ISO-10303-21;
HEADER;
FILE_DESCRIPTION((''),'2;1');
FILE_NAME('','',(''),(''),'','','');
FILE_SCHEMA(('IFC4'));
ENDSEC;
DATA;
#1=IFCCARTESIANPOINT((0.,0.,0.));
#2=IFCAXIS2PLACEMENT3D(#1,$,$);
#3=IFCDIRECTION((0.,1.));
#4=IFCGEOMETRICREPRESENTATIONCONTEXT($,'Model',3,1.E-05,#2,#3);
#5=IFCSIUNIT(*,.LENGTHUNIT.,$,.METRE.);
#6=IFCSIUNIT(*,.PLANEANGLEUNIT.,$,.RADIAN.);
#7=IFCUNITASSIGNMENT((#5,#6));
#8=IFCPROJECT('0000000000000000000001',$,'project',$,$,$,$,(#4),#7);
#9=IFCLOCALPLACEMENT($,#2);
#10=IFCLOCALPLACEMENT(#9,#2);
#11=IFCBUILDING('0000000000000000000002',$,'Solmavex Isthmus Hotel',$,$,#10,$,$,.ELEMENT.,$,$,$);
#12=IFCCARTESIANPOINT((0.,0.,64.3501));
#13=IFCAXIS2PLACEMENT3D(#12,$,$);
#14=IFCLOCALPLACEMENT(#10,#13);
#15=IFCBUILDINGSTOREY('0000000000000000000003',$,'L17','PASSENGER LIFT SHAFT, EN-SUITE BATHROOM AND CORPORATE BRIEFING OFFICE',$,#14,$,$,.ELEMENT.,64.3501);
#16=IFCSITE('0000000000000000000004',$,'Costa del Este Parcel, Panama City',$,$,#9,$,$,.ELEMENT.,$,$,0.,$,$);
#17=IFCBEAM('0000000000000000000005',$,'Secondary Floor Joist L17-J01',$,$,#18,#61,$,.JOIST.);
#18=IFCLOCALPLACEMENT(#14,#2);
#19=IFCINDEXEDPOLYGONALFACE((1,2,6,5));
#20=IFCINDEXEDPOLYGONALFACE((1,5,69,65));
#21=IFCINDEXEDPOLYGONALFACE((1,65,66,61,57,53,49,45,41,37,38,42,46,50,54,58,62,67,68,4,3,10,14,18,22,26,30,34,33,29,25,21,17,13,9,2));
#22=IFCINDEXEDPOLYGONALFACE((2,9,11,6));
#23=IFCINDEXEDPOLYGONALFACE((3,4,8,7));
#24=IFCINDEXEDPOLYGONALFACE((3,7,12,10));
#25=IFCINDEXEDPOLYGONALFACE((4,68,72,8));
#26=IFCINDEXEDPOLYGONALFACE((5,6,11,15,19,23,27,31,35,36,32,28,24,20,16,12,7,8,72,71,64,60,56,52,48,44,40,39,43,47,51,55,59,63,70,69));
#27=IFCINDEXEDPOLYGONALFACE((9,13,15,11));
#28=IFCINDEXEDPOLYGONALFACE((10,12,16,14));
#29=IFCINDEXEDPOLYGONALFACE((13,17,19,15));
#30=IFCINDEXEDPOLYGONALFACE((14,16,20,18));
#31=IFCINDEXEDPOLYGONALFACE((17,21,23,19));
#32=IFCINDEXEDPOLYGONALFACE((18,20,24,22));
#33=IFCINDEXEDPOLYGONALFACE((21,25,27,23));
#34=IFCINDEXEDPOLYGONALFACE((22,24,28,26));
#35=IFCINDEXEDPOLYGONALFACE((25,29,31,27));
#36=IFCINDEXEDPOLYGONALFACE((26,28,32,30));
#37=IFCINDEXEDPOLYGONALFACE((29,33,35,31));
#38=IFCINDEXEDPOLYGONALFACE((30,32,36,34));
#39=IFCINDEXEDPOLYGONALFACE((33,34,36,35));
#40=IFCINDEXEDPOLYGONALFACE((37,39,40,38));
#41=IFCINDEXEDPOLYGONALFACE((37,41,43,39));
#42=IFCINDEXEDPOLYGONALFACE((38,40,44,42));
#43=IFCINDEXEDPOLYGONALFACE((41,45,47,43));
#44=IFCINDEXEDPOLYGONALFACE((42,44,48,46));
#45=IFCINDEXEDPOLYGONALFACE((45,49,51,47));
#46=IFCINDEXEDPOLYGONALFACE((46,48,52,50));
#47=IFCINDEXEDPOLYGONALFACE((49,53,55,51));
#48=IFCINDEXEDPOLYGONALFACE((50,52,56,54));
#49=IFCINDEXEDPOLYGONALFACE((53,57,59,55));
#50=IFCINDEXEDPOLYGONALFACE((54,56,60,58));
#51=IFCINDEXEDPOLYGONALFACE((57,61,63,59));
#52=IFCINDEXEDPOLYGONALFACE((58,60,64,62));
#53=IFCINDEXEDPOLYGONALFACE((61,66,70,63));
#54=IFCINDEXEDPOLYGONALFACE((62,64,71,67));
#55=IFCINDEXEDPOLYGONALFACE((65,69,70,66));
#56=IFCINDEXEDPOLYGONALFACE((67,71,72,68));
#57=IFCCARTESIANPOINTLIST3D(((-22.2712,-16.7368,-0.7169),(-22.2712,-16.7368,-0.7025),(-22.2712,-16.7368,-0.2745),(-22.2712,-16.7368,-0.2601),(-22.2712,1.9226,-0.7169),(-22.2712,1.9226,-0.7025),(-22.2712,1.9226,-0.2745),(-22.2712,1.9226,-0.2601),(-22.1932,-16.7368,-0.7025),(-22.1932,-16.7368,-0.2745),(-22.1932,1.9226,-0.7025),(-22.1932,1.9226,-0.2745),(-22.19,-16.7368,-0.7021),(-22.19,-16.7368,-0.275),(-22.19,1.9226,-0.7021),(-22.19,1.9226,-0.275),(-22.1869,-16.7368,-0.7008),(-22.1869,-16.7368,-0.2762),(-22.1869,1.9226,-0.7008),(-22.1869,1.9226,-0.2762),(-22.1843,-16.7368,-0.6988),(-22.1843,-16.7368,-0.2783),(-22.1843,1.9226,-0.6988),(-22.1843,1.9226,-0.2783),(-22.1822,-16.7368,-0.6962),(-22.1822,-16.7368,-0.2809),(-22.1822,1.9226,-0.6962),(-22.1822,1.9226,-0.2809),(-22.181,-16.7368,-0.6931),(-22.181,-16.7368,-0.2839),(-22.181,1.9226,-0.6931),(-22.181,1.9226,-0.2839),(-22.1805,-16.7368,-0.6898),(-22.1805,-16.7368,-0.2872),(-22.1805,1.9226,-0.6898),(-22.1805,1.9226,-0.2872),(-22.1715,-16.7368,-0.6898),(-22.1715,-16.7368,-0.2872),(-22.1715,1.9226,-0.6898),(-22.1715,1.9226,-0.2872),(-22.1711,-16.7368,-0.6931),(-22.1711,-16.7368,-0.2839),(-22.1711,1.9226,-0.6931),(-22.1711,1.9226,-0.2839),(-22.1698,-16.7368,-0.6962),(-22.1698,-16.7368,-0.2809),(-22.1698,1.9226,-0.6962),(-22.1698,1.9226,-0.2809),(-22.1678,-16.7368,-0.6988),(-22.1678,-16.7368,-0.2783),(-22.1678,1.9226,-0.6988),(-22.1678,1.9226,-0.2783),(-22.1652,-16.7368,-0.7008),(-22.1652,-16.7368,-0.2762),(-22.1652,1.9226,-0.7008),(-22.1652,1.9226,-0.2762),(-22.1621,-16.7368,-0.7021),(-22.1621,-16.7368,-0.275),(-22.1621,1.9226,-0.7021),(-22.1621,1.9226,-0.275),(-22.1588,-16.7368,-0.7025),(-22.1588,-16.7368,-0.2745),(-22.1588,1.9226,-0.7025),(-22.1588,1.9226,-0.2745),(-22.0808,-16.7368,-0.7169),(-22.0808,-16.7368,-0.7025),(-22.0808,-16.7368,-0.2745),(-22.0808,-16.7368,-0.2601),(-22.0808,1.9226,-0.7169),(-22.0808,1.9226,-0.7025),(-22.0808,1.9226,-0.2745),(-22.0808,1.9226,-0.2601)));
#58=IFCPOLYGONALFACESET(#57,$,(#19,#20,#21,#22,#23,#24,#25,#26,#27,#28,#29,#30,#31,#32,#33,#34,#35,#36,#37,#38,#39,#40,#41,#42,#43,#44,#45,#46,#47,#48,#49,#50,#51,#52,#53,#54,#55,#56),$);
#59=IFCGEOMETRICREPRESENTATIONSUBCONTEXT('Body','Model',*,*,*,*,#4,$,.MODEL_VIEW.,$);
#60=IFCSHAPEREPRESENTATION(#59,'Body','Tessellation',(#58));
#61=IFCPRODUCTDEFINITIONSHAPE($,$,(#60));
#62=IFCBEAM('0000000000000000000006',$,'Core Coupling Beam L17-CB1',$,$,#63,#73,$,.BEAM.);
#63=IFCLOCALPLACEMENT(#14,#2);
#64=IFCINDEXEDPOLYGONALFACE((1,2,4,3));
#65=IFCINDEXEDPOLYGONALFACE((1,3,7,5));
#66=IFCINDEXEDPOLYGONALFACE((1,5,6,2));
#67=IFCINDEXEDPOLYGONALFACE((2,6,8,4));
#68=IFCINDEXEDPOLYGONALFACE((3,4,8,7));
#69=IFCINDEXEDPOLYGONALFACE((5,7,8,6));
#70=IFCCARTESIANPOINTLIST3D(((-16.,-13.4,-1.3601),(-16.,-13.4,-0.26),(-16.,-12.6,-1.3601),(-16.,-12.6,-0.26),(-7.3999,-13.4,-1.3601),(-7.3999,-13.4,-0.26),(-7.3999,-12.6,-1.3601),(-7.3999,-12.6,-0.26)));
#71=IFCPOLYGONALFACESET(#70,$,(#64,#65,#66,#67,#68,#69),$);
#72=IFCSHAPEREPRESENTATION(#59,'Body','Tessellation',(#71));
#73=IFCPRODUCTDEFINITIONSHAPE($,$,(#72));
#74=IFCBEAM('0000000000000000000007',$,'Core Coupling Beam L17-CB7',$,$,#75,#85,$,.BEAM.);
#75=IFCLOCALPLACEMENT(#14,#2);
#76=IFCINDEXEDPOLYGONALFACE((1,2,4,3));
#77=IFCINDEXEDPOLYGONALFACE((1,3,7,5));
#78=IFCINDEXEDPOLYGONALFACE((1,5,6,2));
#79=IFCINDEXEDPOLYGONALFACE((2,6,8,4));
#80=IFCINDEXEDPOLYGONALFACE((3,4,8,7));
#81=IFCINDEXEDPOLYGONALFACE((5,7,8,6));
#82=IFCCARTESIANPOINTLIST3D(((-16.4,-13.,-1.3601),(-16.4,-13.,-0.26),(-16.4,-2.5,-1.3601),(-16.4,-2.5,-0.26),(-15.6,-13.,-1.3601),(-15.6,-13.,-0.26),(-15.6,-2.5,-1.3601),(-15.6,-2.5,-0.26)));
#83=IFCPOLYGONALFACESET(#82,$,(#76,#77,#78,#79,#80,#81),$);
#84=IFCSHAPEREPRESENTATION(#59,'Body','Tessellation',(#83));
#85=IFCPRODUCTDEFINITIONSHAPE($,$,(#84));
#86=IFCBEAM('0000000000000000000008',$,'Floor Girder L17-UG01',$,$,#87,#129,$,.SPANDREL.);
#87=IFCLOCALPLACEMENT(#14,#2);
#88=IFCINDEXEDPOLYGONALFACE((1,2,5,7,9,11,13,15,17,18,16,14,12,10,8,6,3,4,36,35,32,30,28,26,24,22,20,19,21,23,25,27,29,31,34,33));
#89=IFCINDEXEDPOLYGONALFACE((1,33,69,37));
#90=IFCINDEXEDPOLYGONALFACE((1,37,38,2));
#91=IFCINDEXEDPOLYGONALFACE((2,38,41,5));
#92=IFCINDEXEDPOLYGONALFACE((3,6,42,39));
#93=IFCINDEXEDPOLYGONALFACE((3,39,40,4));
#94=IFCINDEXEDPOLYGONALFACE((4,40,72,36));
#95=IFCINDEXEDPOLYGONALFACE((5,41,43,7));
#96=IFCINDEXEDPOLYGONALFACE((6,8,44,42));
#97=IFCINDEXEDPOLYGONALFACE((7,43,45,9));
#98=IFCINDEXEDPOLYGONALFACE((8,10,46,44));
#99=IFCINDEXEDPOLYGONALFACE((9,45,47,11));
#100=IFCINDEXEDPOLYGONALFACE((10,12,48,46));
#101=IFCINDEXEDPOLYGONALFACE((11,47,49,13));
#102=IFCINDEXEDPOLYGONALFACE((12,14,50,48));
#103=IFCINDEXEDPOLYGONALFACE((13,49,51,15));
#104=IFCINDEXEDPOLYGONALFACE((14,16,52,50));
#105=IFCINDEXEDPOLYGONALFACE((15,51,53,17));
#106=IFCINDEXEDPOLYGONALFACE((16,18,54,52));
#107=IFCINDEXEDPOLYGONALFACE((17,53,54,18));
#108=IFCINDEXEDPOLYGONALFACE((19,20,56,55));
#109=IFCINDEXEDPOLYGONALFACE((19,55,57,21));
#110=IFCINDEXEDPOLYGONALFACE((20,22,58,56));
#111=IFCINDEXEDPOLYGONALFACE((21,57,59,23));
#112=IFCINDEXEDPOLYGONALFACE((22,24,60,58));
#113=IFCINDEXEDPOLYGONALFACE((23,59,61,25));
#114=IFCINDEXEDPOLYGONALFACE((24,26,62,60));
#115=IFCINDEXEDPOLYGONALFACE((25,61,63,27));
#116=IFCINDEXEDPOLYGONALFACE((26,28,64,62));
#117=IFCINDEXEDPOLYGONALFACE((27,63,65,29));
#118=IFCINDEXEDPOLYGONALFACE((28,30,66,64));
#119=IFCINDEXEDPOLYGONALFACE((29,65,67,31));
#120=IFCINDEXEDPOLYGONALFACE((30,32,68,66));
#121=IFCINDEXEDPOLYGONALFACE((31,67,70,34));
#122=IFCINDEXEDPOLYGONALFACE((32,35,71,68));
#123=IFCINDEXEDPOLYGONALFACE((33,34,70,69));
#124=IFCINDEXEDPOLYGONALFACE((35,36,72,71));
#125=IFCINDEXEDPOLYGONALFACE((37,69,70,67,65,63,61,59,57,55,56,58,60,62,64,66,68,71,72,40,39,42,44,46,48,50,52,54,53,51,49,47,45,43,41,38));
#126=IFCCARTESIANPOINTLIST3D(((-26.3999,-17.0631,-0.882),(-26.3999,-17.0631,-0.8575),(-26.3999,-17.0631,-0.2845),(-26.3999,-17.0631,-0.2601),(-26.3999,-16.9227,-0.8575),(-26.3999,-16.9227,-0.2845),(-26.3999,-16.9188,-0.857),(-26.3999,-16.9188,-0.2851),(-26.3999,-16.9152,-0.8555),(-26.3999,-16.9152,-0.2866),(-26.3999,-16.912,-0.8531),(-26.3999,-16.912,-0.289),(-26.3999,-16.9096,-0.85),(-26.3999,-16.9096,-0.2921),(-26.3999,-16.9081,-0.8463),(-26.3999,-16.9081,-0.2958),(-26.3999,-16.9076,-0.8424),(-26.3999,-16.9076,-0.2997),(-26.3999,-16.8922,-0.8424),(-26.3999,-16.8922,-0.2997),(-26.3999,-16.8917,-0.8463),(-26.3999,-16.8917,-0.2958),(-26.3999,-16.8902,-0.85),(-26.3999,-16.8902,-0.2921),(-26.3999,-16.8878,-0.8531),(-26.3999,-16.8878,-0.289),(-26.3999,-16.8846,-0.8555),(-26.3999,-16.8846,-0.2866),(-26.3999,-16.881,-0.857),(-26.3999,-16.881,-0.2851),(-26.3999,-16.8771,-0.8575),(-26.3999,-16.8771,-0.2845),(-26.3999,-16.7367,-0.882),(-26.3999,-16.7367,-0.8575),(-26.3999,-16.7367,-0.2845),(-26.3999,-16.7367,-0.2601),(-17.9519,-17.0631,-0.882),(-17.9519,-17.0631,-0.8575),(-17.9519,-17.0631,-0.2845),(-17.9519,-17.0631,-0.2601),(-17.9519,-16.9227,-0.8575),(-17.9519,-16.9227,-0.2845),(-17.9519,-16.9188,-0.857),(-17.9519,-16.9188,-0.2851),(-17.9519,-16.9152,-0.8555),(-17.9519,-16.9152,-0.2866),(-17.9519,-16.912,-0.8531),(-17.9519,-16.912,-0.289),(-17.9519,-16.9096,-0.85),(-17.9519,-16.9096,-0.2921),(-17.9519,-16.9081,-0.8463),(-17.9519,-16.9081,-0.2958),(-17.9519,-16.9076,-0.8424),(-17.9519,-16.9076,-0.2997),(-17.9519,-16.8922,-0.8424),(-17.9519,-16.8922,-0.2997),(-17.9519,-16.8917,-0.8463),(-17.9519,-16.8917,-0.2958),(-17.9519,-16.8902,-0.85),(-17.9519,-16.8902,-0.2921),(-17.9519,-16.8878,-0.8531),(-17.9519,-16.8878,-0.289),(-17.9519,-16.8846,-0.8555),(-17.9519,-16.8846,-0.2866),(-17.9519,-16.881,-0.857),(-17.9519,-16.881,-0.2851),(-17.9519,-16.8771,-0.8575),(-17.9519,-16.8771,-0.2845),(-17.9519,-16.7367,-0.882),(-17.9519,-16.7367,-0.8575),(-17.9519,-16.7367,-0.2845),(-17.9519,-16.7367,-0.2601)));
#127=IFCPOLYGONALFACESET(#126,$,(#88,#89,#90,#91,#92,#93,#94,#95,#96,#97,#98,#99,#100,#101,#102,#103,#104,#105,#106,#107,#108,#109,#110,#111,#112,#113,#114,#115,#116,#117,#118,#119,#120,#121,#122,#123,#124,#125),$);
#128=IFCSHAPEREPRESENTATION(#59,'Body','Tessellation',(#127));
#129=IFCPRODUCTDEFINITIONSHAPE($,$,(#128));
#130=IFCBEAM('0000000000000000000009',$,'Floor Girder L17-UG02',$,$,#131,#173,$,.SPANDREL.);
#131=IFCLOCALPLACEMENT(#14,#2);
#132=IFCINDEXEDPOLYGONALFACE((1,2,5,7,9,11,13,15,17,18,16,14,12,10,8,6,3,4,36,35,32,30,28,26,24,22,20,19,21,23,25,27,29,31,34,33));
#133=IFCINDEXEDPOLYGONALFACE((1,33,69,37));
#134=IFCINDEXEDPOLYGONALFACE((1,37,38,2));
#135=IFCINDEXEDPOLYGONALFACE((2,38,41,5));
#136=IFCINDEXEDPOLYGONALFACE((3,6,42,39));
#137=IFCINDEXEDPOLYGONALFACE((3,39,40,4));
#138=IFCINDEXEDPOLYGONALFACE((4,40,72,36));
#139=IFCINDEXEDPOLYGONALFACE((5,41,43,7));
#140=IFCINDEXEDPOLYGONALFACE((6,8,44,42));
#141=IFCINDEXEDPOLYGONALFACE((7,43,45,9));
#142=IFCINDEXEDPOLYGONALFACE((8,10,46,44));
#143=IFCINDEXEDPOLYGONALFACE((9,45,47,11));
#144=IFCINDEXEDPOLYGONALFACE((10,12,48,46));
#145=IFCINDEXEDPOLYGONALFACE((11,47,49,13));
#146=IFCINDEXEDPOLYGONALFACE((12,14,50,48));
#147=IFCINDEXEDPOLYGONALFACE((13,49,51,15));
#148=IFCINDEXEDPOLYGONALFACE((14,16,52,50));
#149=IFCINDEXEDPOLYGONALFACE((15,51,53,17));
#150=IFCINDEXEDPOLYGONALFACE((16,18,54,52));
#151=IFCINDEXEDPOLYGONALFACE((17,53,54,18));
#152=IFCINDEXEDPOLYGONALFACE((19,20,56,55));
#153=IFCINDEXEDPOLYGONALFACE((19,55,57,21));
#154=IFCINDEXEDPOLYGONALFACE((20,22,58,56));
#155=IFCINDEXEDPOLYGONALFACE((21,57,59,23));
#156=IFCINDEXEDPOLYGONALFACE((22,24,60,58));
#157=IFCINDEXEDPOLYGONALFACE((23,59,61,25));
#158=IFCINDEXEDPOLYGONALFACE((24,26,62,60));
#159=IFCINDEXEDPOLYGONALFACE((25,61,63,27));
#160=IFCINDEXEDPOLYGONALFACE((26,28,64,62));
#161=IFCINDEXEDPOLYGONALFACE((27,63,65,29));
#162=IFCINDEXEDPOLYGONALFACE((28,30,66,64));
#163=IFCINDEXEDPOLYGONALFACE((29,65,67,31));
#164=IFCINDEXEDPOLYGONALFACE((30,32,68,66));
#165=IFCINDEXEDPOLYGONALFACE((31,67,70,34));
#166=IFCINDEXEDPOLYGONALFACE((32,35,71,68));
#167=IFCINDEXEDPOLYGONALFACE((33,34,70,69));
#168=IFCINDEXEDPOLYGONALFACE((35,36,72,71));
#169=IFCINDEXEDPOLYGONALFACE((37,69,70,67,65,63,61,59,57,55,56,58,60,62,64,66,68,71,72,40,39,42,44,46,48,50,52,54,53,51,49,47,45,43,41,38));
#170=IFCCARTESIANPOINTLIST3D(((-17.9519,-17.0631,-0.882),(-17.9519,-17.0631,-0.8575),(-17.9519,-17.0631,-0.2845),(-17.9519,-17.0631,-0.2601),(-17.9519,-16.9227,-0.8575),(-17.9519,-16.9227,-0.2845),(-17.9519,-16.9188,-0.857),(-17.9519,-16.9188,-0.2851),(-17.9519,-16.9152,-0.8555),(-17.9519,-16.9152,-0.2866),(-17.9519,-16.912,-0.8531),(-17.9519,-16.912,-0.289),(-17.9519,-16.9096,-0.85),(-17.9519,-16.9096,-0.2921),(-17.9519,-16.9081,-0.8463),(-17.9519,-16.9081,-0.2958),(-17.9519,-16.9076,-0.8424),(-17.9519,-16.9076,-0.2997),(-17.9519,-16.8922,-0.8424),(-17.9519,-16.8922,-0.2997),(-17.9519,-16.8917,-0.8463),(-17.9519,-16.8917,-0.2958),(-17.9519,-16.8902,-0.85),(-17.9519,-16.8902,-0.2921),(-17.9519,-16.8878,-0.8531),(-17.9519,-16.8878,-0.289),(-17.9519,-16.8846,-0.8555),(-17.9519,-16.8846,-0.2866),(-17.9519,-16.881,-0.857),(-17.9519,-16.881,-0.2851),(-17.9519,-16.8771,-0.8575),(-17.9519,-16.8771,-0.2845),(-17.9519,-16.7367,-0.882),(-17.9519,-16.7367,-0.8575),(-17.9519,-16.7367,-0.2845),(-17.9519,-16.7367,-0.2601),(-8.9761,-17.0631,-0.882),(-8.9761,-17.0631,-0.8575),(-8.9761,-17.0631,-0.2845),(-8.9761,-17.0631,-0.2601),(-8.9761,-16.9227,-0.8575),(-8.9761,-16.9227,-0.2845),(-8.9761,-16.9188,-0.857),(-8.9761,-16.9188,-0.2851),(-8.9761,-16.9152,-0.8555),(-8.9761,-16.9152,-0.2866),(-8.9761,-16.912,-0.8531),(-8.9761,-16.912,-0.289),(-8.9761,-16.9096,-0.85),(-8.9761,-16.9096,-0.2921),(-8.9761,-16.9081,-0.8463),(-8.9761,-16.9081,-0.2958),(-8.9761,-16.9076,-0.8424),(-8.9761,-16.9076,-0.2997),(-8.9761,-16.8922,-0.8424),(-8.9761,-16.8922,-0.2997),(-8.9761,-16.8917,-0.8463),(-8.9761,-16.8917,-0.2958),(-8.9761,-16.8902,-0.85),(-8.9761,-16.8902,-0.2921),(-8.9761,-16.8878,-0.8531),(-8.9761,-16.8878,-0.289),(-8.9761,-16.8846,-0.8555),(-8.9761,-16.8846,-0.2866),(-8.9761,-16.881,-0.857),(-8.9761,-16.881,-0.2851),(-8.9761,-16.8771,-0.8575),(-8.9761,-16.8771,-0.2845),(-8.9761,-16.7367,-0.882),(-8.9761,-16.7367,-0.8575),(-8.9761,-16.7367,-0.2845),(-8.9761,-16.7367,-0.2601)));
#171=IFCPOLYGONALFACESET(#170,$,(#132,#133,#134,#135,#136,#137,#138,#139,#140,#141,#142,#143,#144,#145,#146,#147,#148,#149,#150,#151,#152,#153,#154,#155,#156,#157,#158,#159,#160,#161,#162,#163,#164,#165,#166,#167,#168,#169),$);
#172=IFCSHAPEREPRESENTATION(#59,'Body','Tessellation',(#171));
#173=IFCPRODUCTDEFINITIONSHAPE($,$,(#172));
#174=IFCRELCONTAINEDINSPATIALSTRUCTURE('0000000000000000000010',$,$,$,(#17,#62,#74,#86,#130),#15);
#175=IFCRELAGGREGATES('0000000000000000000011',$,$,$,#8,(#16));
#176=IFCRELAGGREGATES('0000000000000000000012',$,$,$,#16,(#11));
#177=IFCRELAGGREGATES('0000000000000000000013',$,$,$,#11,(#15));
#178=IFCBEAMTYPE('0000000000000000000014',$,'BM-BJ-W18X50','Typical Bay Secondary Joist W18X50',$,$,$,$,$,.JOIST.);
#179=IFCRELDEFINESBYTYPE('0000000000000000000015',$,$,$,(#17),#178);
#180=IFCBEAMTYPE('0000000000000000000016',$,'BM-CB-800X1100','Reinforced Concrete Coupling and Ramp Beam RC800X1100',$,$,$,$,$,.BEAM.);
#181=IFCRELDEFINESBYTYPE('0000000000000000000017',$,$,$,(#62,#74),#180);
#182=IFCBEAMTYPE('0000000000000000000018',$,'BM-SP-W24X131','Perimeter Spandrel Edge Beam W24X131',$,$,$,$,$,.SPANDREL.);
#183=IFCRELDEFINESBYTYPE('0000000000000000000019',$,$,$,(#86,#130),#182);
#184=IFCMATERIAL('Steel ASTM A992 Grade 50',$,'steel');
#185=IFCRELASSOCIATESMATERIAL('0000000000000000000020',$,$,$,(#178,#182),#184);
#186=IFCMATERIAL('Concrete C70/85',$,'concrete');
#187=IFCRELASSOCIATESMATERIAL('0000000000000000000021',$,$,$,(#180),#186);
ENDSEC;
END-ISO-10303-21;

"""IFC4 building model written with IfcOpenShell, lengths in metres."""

from ifc_helpers import new_model, si_unit, direction, frame, origin, origin_2d, place, context, subcontext, project, spatial, rectangle, i_section, extrude, material, material_profile, profile_set, type_object, element, save


model = new_model("IFC4")

# Units and contexts
model_context = context("Model", 3, precision=1e-05, world=origin(), true_north=direction((0.0, 1.0)))
body_context = subcontext(model_context, "Body", "Model", "MODEL_VIEW")
ifc_project = project(units=[si_unit("LENGTHUNIT", "METRE"), si_unit("PLANEANGLEUNIT", "RADIAN")], contexts=[model_context])

# Site, building, storey
site_placement = place(None, origin())
site = spatial("IfcSite", under=ifc_project, at=site_placement, Name="Costa del Este Parcel, Panama City", CompositionType="ELEMENT", RefElevation=0.0)
building_placement = place(site_placement, origin())
building = spatial("IfcBuilding", under=site, at=building_placement, Name="Solmavex Isthmus Hotel", CompositionType="ELEMENT")
storey_placement = place(building_placement, frame((0.0, 0.0, 64.3501)))
storey = spatial("IfcBuildingStorey", under=building, at=storey_placement, Name="L17", Description="PASSENGER LIFT SHAFT, EN-SUITE BATHROOM AND CORPORATE BRIEFING OFFICE", CompositionType="ELEMENT", Elevation=64.3501)

# Shared definitions
ifc_material_1 = material(Name="Concrete C70/85", Category="concrete")

# Beams
ifc_material_2 = material(Name="Steel ASTM A992 Grade 50", Category="steel")
ifc_material_profile_1 = material_profile(ifc_material_2, i_section(OverallWidth=0.1904, OverallDepth=0.4568, WebThickness=0.009, FlangeThickness=0.0144, FilletRadius=0.0127, at=origin_2d()), Name="W18X50")
ifc_profile_set_1 = profile_set([ifc_material_profile_1], Name="Steel ASTM A992 Grade 50")
beam_type_1 = type_object("IfcBeamType", Name="BM-BJ-W18X50", Description="Typical Bay Secondary Joist W18X50", PredefinedType="JOIST", material=ifc_profile_set_1)
beam_1_placement = place(storey_placement, frame((-22.176, -16.7368, -0.4885), z_axis=(0.0, 1.0, 0.0), x_axis=(-1.0, 0.0, 0.0)))
element("IfcBeam", 1, at=beam_1_placement, inside=storey, type_object=beam_type_1, Name="Secondary Floor Joist L17-J01", PredefinedType="JOIST", context=body_context, shape_type="SweptSolid", body=[
    extrude(i_section(OverallWidth=0.1904, OverallDepth=0.4568, WebThickness=0.009, FlangeThickness=0.0144, FilletRadius=0.0127, at=origin_2d()), origin(), (0.0, 0.0, 1.0), 18.6594),
])
ifc_material_profile_2 = material_profile(ifc_material_1, rectangle(XDim=0.8, YDim=1.1001, at=origin_2d()), Name="RC800X1100")
ifc_profile_set_2 = profile_set([ifc_material_profile_2], Name="Concrete C70/85")
beam_type_2 = type_object("IfcBeamType", Name="BM-CB-800X1100", Description="Reinforced Concrete Coupling and Ramp Beam RC800X1100", PredefinedType="BEAM", material=ifc_profile_set_2)
beam_2_placement = place(storey_placement, frame((-16.0, -13.0, -0.8101), z_axis=(1.0, 0.0, 0.0), x_axis=(0.0, 1.0, 0.0)))
element("IfcBeam", 2, at=beam_2_placement, inside=storey, type_object=beam_type_2, Name="Core Coupling Beam L17-CB1", PredefinedType="BEAM", context=body_context, shape_type="SweptSolid", body=[
    extrude(rectangle(XDim=0.8, YDim=1.1001, at=origin_2d()), origin(), (0.0, 0.0, 1.0), 8.6001),
])
beam_3_placement = place(storey_placement, frame((-16.0, -13.0, -0.8101), z_axis=(0.0, 1.0, 0.0), x_axis=(-1.0, 0.0, 0.0)))
element("IfcBeam", 3, at=beam_3_placement, inside=storey, type_object=beam_type_2, Name="Core Coupling Beam L17-CB7", PredefinedType="BEAM", context=body_context, shape_type="SweptSolid", body=[
    extrude(rectangle(XDim=0.8, YDim=1.1001, at=origin_2d()), origin(), (0.0, 0.0, 1.0), 10.5),
])
ifc_material_profile_3 = material_profile(ifc_material_2, i_section(OverallWidth=0.3264, OverallDepth=0.6218, WebThickness=0.0154, FlangeThickness=0.0244, FilletRadius=0.0151, at=origin_2d()), Name="W24X131")
ifc_profile_set_3 = profile_set([ifc_material_profile_3], Name="Steel ASTM A992 Grade 50")
beam_type_3 = type_object("IfcBeamType", Name="BM-SP-W24X131", Description="Perimeter Spandrel Edge Beam W24X131", PredefinedType="SPANDREL", material=ifc_profile_set_3)
beam_4_placement = place(storey_placement, frame((-26.3999, -16.8999, -0.571), z_axis=(1.0, 0.0, 0.0), x_axis=(0.0, 1.0, 0.0)))
element("IfcBeam", 4, at=beam_4_placement, inside=storey, type_object=beam_type_3, Name="Floor Girder L17-UG01", PredefinedType="SPANDREL", context=body_context, shape_type="SweptSolid", body=[
    extrude(i_section(OverallWidth=0.3264, OverallDepth=0.6218, WebThickness=0.0154, FlangeThickness=0.0244, FilletRadius=0.0151, at=origin_2d()), origin(), (0.0, 0.0, 1.0), 8.448),
])
beam_5_placement = place(storey_placement, frame((-17.9519, -16.8999, -0.571), z_axis=(1.0, 0.0, 0.0), x_axis=(0.0, 1.0, 0.0)))
element("IfcBeam", 5, at=beam_5_placement, inside=storey, type_object=beam_type_3, Name="Floor Girder L17-UG02", PredefinedType="SPANDREL", context=body_context, shape_type="SweptSolid", body=[
    extrude(i_section(OverallWidth=0.3264, OverallDepth=0.6218, WebThickness=0.0154, FlangeThickness=0.0244, FilletRadius=0.0151, at=origin_2d()), origin(), (0.0, 0.0, 1.0), 8.9758),
])

save(model, "model.ifc")
